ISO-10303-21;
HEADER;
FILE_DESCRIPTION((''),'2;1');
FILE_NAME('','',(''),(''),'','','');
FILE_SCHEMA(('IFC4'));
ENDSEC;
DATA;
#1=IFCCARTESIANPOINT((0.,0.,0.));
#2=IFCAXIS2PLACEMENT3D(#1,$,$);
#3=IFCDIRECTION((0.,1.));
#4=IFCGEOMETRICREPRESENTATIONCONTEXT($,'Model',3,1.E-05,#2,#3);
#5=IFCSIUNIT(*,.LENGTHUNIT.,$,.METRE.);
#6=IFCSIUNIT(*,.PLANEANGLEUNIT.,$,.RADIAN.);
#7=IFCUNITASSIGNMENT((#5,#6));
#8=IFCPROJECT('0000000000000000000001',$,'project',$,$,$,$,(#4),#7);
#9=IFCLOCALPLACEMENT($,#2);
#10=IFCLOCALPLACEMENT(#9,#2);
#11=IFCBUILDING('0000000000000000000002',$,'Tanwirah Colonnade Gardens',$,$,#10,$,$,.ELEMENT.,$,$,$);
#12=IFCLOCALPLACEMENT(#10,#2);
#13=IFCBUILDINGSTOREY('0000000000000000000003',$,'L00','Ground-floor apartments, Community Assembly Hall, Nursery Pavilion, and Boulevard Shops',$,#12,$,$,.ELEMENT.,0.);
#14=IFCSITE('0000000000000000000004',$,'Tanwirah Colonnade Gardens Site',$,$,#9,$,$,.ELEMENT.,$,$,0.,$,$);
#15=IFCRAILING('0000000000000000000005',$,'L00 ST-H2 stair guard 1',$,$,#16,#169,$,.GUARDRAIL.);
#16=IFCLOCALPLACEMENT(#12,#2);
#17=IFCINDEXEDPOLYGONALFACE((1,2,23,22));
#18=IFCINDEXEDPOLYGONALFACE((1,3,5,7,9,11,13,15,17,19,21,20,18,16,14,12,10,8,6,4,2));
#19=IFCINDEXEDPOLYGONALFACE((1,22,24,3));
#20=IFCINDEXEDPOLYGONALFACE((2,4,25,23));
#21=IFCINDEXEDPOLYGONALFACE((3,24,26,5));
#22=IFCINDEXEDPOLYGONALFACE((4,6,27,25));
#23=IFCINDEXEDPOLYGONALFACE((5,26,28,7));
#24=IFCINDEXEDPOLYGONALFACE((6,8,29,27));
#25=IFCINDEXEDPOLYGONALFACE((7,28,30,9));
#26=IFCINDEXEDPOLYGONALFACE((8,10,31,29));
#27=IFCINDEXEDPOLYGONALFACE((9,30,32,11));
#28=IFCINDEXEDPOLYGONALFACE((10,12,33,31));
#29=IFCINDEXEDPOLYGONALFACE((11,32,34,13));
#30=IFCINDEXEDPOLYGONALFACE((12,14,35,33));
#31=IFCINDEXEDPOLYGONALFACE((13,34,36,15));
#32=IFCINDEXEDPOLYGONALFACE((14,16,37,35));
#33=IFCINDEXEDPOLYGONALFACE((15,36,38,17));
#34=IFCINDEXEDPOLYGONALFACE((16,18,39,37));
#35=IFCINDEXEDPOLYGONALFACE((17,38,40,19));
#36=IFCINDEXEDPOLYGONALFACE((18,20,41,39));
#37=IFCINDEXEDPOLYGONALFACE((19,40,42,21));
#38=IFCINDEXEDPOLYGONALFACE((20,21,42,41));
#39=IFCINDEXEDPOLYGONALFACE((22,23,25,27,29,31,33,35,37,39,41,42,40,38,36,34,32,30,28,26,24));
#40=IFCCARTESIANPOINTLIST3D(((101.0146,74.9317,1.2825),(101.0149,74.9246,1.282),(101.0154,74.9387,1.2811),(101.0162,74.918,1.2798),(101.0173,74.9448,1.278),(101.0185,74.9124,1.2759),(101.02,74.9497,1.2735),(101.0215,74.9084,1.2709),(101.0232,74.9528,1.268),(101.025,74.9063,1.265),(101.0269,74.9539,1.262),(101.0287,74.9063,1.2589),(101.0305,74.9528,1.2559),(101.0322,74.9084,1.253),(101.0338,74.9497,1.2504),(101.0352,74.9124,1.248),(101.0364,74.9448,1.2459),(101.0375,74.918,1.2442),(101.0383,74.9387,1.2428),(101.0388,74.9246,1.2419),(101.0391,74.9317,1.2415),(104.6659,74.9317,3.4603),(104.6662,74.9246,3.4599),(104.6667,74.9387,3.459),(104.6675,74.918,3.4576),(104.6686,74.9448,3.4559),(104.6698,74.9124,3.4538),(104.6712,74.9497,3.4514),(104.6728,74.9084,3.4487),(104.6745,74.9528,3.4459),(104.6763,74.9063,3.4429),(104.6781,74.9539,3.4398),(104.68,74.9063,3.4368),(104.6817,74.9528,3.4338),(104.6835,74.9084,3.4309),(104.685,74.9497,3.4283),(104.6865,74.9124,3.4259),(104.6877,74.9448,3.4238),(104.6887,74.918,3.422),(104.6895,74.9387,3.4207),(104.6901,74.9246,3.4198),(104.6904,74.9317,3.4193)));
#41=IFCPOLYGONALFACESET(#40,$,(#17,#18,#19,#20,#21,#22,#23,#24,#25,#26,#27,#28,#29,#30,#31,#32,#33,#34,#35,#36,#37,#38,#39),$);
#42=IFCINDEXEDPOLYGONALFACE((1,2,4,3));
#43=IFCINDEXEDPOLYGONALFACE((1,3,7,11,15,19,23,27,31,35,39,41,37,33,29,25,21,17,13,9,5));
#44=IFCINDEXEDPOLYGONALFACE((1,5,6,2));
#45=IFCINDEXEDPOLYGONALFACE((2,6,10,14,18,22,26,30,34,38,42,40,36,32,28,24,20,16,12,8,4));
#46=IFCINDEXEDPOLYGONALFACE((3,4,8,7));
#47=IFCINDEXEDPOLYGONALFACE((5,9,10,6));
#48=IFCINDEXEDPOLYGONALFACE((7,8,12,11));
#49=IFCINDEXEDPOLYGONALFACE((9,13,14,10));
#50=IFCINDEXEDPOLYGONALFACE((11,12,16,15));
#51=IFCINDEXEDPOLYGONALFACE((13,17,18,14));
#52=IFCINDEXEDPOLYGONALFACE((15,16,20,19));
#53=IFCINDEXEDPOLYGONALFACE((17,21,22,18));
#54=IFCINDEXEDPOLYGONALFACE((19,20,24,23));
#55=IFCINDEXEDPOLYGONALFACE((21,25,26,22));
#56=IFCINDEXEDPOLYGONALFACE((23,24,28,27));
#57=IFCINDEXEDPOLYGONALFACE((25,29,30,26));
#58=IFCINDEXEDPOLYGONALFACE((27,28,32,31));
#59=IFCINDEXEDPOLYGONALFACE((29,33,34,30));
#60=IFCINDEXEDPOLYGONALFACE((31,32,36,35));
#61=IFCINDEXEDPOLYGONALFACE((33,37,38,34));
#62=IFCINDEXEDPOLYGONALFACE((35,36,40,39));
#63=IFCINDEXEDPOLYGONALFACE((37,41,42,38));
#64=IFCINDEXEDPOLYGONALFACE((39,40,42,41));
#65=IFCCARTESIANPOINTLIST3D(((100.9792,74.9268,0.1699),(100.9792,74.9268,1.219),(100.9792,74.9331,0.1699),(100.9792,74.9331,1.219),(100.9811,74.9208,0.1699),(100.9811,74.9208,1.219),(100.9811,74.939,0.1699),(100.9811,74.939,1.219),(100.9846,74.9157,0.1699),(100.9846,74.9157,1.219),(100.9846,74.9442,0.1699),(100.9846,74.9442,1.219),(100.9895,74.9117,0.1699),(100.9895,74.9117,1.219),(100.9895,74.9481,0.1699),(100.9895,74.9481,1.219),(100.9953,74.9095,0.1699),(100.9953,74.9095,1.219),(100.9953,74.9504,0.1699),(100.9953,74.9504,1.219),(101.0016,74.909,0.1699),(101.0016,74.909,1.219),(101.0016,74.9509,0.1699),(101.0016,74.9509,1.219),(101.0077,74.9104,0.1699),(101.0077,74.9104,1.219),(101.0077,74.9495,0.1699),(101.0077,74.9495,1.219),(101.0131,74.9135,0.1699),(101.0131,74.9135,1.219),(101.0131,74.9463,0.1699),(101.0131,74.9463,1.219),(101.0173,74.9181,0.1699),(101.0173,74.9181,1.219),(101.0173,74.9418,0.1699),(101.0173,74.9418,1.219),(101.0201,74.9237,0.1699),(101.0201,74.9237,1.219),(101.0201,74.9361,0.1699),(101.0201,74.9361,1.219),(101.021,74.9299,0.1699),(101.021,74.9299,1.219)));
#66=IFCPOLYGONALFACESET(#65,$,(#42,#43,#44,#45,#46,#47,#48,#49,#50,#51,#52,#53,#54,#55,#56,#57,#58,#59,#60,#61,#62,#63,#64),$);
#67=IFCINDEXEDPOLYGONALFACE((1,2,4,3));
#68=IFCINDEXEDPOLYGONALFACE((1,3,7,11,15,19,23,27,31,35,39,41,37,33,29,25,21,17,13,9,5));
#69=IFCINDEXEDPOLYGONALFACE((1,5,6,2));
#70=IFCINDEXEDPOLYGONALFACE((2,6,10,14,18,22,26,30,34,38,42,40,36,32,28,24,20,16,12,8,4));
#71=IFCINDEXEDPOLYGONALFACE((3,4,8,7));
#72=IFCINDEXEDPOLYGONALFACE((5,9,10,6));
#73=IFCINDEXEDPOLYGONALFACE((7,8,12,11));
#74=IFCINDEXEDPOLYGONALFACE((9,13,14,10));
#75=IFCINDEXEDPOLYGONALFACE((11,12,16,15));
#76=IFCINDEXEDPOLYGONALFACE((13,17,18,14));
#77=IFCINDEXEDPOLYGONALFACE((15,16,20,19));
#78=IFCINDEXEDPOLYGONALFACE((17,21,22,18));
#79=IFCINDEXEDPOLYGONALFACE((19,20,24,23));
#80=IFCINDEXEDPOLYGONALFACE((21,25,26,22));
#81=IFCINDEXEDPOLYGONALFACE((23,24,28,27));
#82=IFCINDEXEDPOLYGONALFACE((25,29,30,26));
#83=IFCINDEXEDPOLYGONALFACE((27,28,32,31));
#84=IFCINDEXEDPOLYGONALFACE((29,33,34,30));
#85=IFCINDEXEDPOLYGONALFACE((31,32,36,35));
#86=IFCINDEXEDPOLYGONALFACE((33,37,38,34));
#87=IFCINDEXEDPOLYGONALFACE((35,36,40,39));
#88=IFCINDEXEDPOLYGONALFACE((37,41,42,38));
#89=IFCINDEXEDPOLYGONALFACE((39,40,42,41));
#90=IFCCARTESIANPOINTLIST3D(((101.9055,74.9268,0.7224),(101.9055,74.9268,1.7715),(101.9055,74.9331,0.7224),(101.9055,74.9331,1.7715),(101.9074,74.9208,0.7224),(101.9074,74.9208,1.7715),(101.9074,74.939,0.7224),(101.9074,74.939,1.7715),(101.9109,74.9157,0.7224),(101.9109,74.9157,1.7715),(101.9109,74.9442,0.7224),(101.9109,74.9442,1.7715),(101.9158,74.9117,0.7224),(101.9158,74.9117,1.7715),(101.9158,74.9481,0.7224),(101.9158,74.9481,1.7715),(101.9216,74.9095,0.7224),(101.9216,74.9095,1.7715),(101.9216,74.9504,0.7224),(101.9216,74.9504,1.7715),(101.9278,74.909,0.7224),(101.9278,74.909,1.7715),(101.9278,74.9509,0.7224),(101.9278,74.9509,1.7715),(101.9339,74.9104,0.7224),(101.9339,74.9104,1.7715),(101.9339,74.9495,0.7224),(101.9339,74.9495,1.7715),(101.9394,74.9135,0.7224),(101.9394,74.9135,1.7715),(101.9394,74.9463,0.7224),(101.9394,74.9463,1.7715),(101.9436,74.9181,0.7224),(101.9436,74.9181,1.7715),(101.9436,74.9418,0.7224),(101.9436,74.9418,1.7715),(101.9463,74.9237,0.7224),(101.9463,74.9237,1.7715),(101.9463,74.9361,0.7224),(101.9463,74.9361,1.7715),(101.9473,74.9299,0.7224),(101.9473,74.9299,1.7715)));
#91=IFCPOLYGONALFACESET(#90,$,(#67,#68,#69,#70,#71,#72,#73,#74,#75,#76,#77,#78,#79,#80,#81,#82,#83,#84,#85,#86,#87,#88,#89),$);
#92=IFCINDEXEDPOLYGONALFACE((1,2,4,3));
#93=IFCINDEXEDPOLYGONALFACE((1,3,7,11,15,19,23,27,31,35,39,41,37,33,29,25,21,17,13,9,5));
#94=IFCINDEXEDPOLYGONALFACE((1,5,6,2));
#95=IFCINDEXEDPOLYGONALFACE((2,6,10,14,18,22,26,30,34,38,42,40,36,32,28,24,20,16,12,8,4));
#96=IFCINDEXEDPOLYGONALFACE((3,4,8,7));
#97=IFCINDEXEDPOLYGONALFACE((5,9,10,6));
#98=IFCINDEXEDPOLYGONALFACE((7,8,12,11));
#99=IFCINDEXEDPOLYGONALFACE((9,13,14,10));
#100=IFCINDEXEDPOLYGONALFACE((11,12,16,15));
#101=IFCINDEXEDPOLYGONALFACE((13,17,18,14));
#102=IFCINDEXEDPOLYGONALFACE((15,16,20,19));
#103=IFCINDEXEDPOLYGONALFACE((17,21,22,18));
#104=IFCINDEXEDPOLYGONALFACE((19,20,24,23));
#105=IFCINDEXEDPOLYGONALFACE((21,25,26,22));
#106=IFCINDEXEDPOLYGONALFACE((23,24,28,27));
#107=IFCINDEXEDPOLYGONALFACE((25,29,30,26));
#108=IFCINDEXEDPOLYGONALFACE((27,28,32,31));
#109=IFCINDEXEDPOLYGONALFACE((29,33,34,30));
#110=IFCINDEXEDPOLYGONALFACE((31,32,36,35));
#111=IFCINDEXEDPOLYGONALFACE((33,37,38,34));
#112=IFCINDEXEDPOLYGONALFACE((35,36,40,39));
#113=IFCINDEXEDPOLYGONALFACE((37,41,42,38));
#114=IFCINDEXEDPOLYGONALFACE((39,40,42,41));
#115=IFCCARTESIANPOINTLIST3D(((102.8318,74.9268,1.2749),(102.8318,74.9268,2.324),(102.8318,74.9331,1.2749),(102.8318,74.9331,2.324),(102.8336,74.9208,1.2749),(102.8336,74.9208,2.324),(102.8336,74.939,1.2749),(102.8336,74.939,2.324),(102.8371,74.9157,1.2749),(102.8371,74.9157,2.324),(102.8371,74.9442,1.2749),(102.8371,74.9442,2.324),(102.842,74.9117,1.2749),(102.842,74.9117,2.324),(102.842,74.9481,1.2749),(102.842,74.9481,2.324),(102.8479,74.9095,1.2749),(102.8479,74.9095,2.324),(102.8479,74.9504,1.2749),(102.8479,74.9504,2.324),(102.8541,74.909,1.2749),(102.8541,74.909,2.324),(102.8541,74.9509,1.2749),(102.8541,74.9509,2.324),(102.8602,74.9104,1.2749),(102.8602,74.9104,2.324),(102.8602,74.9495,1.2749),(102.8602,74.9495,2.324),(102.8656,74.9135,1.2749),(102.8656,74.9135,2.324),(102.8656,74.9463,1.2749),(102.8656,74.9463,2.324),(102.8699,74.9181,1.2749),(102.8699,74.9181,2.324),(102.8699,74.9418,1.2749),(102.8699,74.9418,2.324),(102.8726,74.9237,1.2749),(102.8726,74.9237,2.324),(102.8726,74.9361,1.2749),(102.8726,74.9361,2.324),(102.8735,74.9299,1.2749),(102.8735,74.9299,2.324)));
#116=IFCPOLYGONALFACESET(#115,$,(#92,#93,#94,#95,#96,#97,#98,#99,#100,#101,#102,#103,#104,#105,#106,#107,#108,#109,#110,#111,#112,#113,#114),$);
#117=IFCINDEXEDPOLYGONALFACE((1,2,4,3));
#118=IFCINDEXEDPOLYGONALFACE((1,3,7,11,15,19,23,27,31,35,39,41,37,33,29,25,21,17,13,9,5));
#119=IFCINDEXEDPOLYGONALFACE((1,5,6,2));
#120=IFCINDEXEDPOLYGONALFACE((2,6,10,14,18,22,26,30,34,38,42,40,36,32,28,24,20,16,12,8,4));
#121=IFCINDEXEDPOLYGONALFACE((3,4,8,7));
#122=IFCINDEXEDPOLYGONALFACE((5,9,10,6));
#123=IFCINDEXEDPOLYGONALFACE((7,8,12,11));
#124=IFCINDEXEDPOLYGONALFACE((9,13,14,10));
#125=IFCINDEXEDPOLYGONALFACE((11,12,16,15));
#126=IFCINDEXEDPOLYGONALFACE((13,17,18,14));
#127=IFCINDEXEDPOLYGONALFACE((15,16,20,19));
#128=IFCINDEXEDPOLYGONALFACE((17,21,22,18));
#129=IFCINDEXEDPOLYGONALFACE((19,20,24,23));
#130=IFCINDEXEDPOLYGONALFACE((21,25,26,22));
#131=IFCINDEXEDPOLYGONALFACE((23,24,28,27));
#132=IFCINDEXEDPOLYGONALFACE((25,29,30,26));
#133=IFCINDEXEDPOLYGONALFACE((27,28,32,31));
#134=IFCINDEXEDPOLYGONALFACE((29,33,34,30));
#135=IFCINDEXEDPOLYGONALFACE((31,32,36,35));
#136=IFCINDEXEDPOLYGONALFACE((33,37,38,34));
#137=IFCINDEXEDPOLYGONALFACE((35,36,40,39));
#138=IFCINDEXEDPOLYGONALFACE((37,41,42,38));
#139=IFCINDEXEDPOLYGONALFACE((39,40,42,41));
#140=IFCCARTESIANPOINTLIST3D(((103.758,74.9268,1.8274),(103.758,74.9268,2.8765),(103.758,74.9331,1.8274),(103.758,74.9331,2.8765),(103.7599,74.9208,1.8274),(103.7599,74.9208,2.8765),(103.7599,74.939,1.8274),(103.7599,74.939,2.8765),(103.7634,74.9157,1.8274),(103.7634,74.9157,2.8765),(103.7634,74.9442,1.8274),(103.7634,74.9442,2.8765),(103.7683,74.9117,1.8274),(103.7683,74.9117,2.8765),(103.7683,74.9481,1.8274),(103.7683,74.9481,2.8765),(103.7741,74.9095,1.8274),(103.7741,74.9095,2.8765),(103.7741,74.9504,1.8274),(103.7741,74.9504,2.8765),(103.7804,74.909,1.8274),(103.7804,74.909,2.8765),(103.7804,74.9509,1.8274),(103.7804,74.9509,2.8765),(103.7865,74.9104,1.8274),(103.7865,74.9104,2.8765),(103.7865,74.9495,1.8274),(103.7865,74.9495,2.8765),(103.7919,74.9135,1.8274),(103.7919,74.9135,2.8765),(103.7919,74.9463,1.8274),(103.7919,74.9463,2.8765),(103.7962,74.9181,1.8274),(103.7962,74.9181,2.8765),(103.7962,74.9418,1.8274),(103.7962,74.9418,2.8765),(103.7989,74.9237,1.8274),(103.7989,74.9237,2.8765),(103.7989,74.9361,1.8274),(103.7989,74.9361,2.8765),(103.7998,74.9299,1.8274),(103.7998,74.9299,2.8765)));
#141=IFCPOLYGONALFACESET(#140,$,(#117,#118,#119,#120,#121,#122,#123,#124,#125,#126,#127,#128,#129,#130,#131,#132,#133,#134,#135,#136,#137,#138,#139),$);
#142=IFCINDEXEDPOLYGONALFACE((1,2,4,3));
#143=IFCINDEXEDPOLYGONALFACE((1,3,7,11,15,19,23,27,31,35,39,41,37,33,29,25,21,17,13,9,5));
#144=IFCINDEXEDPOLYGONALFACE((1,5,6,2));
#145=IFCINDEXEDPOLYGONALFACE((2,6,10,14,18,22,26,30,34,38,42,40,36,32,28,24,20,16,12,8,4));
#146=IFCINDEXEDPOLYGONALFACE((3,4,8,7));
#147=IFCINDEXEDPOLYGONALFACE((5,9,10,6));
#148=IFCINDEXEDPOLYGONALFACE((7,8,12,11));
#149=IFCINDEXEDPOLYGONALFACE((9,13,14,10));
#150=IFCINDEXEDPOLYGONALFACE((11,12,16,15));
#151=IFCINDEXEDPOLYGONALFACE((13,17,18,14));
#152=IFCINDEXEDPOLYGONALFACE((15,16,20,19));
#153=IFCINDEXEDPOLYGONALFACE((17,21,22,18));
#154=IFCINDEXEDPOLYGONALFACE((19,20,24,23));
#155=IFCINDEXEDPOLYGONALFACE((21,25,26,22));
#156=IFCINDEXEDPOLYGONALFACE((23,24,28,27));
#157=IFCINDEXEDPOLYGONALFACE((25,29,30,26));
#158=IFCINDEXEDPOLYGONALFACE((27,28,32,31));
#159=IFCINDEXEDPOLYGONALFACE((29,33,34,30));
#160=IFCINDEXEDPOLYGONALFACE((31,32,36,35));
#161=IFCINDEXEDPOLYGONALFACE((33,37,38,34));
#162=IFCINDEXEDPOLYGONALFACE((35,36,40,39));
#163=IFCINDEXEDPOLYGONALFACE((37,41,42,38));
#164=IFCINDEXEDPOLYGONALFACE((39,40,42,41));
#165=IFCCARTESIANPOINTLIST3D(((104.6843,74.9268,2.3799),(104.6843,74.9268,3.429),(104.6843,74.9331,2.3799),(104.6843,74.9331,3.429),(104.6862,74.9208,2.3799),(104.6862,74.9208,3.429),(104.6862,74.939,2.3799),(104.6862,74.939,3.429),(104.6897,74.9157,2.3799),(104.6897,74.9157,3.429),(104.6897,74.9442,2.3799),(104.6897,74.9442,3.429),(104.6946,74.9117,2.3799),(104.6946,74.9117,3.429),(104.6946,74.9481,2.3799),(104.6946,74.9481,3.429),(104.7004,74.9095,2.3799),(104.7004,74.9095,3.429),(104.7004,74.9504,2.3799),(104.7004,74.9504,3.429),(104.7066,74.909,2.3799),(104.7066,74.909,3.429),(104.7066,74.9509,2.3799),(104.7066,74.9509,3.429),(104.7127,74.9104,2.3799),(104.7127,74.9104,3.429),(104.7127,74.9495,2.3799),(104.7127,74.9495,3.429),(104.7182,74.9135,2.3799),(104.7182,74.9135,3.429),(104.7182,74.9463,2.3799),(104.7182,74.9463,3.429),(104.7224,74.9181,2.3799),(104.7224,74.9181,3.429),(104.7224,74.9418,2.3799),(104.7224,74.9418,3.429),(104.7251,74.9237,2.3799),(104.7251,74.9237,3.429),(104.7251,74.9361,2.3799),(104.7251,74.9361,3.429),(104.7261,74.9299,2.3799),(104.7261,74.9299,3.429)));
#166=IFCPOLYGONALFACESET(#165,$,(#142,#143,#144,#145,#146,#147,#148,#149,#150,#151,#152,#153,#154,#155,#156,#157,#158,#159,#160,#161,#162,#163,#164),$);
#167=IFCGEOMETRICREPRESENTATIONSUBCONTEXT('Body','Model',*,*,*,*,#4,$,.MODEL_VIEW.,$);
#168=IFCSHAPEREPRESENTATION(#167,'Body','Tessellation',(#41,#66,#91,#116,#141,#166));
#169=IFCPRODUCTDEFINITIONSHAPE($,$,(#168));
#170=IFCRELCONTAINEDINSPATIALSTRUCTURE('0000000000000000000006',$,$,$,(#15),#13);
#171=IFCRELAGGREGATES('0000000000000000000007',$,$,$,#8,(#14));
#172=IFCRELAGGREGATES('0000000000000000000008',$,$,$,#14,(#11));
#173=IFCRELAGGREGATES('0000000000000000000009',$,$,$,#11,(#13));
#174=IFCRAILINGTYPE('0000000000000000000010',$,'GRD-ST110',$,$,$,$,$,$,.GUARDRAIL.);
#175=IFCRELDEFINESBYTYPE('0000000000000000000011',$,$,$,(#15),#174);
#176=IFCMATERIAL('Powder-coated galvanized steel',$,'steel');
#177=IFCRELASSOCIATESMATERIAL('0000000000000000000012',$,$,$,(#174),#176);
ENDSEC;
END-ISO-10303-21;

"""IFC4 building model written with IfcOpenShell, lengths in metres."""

from ifc_helpers import new_model, si_unit, direction, frame, origin, origin_2d, place, context, subcontext, project, spatial, circle, extrude, material, type_object, element, save


model = new_model("IFC4")

# Units and contexts
model_context = context("Model", 3, precision=1e-05, world=origin(), true_north=direction((0.0, 1.0)))
body_context = subcontext(model_context, "Body", "Model", "MODEL_VIEW")
ifc_project = project(units=[si_unit("LENGTHUNIT", "METRE"), si_unit("PLANEANGLEUNIT", "RADIAN")], contexts=[model_context])

# Site, building, storey
site_placement = place(None, origin())
site = spatial("IfcSite", under=ifc_project, at=site_placement, Name="Tanwirah Colonnade Gardens Site", CompositionType="ELEMENT", RefElevation=0.0)
building_placement = place(site_placement, origin())
building = spatial("IfcBuilding", under=site, at=building_placement, Name="Tanwirah Colonnade Gardens", CompositionType="ELEMENT")
storey_placement = place(building_placement, origin())
storey = spatial("IfcBuildingStorey", under=building, at=storey_placement, Name="L00", Description="Ground-floor apartments, Community Assembly Hall, Nursery Pavilion, and Boulevard Shops", CompositionType="ELEMENT", Elevation=0.0)

# Railing
ifc_material_1 = material(Name="Powder-coated galvanized steel", Category="steel")
railing_type_1 = type_object("IfcRailingType", Name="GRD-ST110", PredefinedType="GUARDRAIL", material=ifc_material_1)
railing_1_placement = place(storey_placement, frame((101.0, 74.9299, 0.1699)))
element("IfcRailing", 1, at=railing_1_placement, inside=storey, type_object=railing_type_1, Name="L00 ST-H2 stair guard 1", PredefinedType="GUARDRAIL", context=body_context, shape_type="SweptSolid", body=[
    extrude(circle(Radius=0.0239, at=origin_2d()), frame((0.0269, 0.0, 1.092), z_axis=(0.858828, 0.0, 0.512264), x_axis=(0.0, 1.0, 0.0)), (0.0, 0.0, 1.0), 4.2515),
    extrude(circle(Radius=0.021, at=origin_2d()), origin(), (0.0, 0.0, 1.0), 1.0491),
    extrude(circle(Radius=0.021, at=origin_2d()), frame((0.9263, 0.0, 0.5525)), (0.0, 0.0, 1.0), 1.0491),
    extrude(circle(Radius=0.021, at=origin_2d()), frame((1.8525, 0.0, 1.105)), (0.0, 0.0, 1.0), 1.0491),
    extrude(circle(Radius=0.021, at=origin_2d()), frame((2.7788, 0.0, 1.6575)), (0.0, 0.0, 1.0), 1.0491),
    extrude(circle(Radius=0.021, at=origin_2d()), frame((3.7051, 0.0, 2.21)), (0.0, 0.0, 1.0), 1.0491),
])

save(model, "model.ifc")
